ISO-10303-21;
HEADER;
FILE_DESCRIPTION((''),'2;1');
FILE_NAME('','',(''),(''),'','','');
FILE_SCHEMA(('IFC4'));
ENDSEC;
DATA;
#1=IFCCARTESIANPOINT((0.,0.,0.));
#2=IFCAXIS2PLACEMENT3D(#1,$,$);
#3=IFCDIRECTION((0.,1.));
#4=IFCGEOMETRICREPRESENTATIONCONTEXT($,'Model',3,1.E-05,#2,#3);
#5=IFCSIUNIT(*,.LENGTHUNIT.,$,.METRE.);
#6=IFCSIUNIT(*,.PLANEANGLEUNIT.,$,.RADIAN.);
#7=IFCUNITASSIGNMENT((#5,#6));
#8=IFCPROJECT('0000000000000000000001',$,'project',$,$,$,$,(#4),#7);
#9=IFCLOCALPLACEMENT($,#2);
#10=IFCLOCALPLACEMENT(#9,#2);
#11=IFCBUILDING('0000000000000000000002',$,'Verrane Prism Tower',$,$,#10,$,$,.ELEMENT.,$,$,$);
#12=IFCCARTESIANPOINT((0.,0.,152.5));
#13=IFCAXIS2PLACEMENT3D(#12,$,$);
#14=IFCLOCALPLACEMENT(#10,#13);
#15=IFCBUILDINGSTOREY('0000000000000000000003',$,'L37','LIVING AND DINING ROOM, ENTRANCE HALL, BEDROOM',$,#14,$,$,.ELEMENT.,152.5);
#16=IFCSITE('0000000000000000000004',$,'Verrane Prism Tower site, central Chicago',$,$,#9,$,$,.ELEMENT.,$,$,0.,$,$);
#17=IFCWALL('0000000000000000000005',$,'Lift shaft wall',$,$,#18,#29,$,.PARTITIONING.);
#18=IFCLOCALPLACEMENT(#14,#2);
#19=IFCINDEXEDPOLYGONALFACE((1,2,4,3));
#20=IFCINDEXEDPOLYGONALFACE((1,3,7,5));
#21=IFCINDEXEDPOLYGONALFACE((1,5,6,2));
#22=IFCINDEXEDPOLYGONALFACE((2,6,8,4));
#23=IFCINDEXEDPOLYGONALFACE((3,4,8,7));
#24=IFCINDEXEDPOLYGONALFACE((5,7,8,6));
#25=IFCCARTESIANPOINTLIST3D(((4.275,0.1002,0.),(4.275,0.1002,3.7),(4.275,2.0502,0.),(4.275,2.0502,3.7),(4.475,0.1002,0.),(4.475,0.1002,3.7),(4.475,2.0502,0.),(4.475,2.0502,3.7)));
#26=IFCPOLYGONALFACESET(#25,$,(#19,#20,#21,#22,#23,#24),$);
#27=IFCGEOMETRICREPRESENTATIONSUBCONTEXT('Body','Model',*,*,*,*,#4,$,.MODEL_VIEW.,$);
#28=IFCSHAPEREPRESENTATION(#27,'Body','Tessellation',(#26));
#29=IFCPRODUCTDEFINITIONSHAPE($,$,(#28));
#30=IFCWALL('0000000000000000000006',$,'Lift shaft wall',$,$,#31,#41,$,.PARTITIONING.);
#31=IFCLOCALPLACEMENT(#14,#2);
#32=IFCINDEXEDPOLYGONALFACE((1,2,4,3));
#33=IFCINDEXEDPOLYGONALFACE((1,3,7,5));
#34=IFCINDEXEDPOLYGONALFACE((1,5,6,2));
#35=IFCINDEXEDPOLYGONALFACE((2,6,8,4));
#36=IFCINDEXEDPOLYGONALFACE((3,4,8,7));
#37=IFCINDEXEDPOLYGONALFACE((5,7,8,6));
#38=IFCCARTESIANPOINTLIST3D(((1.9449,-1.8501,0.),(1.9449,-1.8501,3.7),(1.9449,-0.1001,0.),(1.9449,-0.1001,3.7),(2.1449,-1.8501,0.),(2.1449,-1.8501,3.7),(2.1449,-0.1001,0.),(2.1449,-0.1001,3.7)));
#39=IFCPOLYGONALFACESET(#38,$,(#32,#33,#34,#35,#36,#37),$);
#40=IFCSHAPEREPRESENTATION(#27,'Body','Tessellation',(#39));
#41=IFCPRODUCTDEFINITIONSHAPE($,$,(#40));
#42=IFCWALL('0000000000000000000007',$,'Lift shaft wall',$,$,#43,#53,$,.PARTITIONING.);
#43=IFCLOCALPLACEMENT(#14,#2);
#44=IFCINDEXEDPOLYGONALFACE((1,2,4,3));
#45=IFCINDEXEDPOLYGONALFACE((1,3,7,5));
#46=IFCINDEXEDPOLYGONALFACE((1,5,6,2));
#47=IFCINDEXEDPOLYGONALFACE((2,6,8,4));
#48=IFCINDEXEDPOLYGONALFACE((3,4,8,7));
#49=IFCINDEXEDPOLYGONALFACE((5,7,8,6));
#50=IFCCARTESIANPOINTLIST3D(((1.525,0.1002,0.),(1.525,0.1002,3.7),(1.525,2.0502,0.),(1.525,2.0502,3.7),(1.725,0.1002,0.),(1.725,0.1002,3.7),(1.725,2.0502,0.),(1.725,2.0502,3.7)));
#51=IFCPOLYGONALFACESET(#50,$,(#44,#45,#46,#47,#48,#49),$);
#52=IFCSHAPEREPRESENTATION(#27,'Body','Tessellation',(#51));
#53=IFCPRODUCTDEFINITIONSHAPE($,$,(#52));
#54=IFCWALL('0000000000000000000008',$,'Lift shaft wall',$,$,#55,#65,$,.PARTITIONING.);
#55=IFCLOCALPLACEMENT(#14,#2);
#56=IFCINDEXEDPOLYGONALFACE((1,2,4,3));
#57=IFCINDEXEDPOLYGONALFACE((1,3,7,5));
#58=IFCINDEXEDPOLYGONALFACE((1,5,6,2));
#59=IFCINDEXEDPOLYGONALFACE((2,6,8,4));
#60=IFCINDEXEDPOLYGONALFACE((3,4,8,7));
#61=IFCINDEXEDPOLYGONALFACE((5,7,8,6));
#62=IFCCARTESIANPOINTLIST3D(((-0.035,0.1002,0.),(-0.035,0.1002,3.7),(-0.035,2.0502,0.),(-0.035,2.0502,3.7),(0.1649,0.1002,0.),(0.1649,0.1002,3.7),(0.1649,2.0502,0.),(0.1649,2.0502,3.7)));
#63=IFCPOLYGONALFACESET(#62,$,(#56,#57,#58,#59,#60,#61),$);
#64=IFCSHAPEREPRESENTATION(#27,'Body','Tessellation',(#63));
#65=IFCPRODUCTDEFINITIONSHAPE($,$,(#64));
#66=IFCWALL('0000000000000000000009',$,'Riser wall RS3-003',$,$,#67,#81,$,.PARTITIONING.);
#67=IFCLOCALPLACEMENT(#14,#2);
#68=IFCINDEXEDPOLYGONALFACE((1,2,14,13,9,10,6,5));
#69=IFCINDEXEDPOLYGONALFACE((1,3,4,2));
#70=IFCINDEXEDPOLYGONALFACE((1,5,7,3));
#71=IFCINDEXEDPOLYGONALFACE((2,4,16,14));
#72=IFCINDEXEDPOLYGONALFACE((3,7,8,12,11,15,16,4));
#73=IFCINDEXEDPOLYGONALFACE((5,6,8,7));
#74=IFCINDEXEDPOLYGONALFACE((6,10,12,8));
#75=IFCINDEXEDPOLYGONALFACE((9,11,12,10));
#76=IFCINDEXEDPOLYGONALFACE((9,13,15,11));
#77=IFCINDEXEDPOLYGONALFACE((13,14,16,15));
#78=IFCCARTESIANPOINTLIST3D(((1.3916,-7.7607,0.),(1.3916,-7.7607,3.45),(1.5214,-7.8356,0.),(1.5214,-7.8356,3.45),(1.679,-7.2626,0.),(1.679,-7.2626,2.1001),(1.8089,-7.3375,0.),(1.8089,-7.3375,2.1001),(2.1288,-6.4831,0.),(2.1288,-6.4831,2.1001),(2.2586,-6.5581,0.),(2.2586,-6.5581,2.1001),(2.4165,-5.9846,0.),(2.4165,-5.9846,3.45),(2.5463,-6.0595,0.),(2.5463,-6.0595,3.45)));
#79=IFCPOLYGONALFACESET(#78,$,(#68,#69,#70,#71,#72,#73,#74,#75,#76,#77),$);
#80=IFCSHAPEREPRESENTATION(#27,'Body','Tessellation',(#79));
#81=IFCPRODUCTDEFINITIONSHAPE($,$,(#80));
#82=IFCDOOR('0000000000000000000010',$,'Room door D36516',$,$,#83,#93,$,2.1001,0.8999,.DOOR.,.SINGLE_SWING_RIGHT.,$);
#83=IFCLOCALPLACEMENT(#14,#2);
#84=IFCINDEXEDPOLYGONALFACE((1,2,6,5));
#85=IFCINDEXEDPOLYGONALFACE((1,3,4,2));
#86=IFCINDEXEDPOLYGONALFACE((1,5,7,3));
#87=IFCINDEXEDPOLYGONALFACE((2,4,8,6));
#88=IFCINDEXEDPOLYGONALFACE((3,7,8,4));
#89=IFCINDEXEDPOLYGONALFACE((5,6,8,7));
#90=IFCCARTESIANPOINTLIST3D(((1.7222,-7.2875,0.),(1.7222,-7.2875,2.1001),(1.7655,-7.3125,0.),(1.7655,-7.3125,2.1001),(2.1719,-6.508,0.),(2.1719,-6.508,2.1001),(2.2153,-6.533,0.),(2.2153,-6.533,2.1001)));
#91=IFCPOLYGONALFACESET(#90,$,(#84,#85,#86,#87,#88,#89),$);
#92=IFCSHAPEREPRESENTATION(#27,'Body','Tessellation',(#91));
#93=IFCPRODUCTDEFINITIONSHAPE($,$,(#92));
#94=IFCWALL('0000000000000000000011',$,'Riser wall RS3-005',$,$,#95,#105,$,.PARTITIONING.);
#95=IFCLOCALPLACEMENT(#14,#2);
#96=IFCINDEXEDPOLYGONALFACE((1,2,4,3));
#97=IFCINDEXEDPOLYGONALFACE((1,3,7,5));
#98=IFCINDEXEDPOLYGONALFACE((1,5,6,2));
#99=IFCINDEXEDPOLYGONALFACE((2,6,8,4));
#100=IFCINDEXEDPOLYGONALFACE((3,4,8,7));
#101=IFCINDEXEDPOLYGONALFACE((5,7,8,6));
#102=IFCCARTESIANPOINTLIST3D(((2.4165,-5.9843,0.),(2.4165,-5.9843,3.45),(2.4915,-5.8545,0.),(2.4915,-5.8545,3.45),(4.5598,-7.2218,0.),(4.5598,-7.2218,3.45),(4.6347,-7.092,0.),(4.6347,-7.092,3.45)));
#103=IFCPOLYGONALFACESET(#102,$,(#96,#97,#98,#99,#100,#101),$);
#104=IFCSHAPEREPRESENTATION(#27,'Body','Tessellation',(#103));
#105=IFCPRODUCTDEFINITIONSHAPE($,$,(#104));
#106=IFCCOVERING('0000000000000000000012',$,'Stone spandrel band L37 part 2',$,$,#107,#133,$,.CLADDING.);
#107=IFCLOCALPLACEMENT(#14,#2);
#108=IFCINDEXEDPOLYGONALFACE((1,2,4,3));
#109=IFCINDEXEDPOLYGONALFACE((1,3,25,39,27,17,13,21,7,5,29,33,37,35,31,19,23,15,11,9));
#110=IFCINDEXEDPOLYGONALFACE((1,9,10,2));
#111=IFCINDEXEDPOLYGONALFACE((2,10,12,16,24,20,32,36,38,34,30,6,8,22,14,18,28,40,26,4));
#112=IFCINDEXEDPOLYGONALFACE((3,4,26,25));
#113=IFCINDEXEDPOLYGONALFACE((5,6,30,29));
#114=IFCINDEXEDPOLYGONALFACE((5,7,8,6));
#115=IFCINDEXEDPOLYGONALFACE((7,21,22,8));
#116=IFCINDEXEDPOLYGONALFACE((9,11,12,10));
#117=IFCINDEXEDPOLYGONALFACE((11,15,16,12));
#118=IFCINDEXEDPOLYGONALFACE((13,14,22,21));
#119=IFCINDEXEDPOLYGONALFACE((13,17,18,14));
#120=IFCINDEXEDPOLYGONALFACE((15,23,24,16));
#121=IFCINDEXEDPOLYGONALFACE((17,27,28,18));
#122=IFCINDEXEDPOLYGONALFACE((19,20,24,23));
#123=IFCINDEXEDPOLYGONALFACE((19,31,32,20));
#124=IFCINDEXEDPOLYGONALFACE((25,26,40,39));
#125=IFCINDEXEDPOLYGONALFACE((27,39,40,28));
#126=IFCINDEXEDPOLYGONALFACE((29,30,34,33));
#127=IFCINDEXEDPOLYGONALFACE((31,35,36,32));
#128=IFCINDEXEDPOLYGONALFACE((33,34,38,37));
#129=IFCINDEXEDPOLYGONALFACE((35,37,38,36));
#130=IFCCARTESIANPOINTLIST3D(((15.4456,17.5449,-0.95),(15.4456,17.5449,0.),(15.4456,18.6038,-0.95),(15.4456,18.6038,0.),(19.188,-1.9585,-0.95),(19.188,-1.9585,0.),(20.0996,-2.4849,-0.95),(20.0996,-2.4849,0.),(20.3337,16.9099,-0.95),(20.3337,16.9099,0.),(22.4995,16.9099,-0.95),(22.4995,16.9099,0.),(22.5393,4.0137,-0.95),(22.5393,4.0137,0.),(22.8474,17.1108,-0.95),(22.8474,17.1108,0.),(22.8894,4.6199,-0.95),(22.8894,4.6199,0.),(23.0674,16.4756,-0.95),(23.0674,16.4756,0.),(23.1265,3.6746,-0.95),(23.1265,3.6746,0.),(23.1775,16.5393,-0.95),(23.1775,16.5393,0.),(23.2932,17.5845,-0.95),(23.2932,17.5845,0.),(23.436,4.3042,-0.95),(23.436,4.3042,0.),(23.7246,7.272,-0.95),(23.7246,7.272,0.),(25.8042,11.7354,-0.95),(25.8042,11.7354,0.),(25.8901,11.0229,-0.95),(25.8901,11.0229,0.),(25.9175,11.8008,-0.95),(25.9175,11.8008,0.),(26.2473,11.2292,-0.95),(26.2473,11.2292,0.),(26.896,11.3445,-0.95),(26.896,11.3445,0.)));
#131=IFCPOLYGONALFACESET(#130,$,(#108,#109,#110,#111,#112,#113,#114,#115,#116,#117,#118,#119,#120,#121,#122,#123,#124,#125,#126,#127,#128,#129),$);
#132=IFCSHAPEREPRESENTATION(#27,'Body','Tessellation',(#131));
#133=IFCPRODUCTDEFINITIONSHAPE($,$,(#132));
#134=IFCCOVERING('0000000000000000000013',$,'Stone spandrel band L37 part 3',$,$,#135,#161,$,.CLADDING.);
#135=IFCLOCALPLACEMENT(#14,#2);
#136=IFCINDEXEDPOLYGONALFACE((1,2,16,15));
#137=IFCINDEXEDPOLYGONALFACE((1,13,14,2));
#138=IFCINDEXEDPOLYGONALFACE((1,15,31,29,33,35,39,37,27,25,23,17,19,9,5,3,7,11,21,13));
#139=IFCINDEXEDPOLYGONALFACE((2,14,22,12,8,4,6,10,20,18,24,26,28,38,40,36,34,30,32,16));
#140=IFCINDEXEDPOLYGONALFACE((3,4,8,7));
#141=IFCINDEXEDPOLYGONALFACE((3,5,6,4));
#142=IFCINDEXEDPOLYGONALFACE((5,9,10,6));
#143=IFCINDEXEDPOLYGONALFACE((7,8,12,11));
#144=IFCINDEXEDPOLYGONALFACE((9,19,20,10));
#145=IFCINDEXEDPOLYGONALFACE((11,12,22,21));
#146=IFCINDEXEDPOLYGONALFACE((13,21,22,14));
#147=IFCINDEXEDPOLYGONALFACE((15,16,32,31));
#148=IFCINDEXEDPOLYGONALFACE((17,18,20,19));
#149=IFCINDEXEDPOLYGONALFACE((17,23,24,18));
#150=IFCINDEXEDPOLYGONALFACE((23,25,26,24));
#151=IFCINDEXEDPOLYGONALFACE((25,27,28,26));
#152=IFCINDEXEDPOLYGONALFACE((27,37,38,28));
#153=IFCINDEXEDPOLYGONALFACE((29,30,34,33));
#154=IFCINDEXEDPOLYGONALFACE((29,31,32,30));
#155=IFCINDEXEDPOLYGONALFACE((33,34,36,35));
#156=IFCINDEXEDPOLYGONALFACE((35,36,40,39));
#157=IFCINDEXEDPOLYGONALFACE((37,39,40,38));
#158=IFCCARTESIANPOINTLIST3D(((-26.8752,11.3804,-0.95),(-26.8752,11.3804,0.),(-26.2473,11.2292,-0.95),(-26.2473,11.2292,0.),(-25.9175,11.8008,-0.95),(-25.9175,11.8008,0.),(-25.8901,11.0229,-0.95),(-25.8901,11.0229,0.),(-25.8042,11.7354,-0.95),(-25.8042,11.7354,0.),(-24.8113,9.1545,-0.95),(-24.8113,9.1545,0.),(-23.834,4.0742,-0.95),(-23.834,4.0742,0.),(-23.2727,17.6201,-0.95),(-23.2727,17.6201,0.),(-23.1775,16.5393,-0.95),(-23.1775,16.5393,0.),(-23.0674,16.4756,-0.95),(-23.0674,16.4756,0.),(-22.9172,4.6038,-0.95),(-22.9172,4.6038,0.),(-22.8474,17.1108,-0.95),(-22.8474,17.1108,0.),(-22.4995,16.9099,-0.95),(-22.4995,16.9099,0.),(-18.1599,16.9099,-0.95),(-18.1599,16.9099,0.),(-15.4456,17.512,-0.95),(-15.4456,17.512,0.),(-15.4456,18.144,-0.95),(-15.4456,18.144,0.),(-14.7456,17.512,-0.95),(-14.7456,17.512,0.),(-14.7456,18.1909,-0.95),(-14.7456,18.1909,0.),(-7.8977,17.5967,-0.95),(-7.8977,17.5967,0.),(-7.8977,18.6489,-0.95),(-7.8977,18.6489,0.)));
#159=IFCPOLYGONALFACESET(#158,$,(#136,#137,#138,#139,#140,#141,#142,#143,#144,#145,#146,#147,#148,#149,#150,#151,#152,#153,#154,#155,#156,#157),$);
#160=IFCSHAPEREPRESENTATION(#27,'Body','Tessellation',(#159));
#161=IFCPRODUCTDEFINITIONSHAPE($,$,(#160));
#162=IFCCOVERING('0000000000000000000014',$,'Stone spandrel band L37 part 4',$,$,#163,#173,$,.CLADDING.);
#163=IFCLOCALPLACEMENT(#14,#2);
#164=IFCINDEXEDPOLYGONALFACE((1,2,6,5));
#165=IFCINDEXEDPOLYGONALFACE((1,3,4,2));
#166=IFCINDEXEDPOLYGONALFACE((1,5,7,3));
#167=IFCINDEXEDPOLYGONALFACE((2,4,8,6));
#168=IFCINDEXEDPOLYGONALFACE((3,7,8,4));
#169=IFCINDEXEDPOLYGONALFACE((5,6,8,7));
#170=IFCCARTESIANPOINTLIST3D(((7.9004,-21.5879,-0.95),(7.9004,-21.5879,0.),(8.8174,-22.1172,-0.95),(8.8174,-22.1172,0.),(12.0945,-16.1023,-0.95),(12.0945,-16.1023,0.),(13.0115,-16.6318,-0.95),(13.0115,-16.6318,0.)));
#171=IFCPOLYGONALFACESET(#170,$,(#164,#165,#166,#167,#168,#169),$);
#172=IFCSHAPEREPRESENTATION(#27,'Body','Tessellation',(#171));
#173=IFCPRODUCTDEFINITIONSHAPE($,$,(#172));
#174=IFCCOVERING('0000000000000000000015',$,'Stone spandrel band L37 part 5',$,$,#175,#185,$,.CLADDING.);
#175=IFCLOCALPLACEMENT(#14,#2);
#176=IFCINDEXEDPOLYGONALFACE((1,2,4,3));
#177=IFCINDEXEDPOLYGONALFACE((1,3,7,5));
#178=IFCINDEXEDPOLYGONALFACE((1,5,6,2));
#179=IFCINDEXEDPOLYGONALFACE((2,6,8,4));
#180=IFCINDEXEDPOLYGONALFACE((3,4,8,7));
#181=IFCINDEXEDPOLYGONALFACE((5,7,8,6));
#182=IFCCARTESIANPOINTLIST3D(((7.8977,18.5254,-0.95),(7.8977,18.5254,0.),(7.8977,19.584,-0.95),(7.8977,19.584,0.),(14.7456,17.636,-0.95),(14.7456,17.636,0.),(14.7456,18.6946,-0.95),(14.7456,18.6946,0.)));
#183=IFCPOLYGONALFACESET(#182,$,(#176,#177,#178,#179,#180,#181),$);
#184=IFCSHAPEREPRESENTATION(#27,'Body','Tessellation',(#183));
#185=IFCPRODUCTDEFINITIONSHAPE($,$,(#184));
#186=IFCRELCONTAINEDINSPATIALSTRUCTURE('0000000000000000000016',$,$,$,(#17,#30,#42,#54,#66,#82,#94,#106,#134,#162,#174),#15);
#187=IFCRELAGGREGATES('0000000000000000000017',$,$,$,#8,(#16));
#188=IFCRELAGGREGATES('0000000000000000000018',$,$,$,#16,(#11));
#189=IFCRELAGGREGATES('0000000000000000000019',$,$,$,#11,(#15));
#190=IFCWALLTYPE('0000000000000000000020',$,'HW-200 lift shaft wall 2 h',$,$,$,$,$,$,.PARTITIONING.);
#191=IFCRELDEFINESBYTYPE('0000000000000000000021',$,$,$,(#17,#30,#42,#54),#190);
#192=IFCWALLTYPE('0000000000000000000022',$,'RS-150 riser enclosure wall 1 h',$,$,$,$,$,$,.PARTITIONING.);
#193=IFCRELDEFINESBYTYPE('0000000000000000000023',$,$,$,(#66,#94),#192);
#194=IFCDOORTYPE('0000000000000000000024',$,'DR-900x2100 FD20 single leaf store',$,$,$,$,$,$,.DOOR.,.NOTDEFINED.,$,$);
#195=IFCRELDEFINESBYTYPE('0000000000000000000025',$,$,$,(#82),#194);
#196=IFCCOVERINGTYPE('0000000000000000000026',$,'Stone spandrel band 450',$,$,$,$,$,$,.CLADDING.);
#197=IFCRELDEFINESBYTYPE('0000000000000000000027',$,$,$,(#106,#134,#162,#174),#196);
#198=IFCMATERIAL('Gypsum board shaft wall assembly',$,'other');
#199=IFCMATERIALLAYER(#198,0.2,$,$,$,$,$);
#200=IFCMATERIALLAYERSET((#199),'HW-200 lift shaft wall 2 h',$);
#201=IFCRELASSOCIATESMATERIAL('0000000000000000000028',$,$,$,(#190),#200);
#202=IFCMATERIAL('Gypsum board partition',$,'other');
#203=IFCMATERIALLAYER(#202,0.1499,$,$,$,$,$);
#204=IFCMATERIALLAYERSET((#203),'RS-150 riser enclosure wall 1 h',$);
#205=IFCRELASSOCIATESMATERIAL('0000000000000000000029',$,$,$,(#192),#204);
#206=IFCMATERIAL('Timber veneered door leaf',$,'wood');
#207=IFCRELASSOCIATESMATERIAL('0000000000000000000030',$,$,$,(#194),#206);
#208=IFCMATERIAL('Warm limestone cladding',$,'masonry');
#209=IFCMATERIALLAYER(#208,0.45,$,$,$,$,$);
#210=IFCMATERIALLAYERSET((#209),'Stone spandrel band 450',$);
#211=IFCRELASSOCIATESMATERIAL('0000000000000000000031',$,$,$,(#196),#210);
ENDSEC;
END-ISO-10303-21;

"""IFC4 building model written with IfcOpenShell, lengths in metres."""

from ifc_helpers import new_model, si_unit, direction, frame, frame_2d, origin, place, context, subcontext, project, spatial, polyline, rectangle, outline, extrude, material, layer, layer_set, type_object, element, fill, save


model = new_model("IFC4")

# Units and contexts
model_context = context("Model", 3, precision=1e-05, world=origin(), true_north=direction((0.0, 1.0)))
body_context = subcontext(model_context, "Body", "Model", "MODEL_VIEW")
ifc_project = project(units=[si_unit("LENGTHUNIT", "METRE"), si_unit("PLANEANGLEUNIT", "RADIAN")], contexts=[model_context])

# Site, building, storey
site_placement = place(None, origin())
site = spatial("IfcSite", under=ifc_project, at=site_placement, Name="Verrane Prism Tower site, central Chicago", CompositionType="ELEMENT", RefElevation=0.0)
building_placement = place(site_placement, origin())
building = spatial("IfcBuilding", under=site, at=building_placement, Name="Verrane Prism Tower", CompositionType="ELEMENT")
storey_placement = place(building_placement, frame((0.0, 0.0, 152.5)))
storey = spatial("IfcBuildingStorey", under=building, at=storey_placement, Name="L37", Description="LIVING AND DINING ROOM, ENTRANCE HALL, BEDROOM", CompositionType="ELEMENT", Elevation=152.5)

# Shared definitions
ifc_material_1 = material(Name="Gypsum board shaft wall assembly", Category="other")
ifc_layer_1 = layer(ifc_material_1, 0.2)
ifc_layer_set_1 = layer_set([ifc_layer_1], Name="HW-200 lift shaft wall 2 h")
wall_type_1 = type_object("IfcWallType", Name="HW-200 lift shaft wall 2 h", PredefinedType="PARTITIONING", material=ifc_layer_set_1)

# Walls
wall_1_placement = place(storey_placement, frame((4.375, 0.1001, 0.0), z_axis=(0.0, 0.0, 1.0), x_axis=(0.0, 1.0, 0.0)))
element("IfcWall", 1, at=wall_1_placement, inside=storey, type_object=wall_type_1, Name="Lift shaft wall", PredefinedType="PARTITIONING", context=body_context, shape_type="SweptSolid", body=[
    extrude(rectangle(XDim=1.95, YDim=0.2, at=frame_2d((0.9751, 0.0))), origin(), (0.0, 0.0, 1.0), 3.7),
])
wall_2_placement = place(storey_placement, frame((2.0449, -1.8501, 0.0), z_axis=(0.0, 0.0, 1.0), x_axis=(0.0, 1.0, 0.0)))
element("IfcWall", 2, at=wall_2_placement, inside=storey, type_object=wall_type_1, Name="Lift shaft wall", PredefinedType="PARTITIONING", context=body_context, shape_type="SweptSolid", body=[
    extrude(rectangle(XDim=1.75, YDim=0.2, at=frame_2d((0.875, 0.0))), origin(), (0.0, 0.0, 1.0), 3.7),
])
for number, where, z_axis, x_axis, name in (
    (3, (1.625, 0.1001, 0.0), (0.0, 0.0, 1.0), (0.0, 1.0, 0.0), "Lift shaft wall"),
    (4, (0.0649, 0.1001, 0.0), (0.0, 0.0, 1.0), (0.0, 1.0, 0.0), "Lift shaft wall"),
):
    element("IfcWall", number, at=place(storey_placement, frame(where, z_axis=z_axis, x_axis=x_axis)), inside=storey, type_object=wall_type_1, Name=name, PredefinedType="PARTITIONING", context=body_context, shape_type="SweptSolid", body=[
        extrude(rectangle(XDim=1.95, YDim=0.2, at=frame_2d((0.9751, 0.0))), origin(), (0.0, 0.0, 1.0), 3.7),
    ])

# Wall, opening, door
ifc_material_2 = material(Name="Gypsum board partition", Category="other")
ifc_layer_2 = layer(ifc_material_2, 0.1499)
ifc_layer_set_2 = layer_set([ifc_layer_2], Name="RS-150 riser enclosure wall 1 h")
wall_type_2 = type_object("IfcWallType", Name="RS-150 riser enclosure wall 1 h", PredefinedType="PARTITIONING", material=ifc_layer_set_2)
wall_3_placement = place(storey_placement, frame((2.4814, -6.022, 0.0), z_axis=(0.0, 0.0, 1.0), x_axis=(-0.499801, -0.86614, 0.0)))
wall_3 = element("IfcWall", 5, at=wall_3_placement, inside=storey, type_object=wall_type_2, Name="Riser wall RS3-003", PredefinedType="PARTITIONING", context=body_context, shape_type="SweptSolid", body=[
    extrude(rectangle(XDim=2.0505, YDim=0.1499, at=frame_2d((1.0254, 0.0))), origin(), (0.0, 0.0, 1.0), 3.45),
])
opening_1_placement = place(wall_3_placement, frame((0.5757, 0.0, 0.0)))
opening_1 = element("IfcOpeningElement", 6, at=opening_1_placement, cuts=wall_3, PredefinedType="OPENING", context=body_context, shape_type="SweptSolid", body=[
    extrude(rectangle(XDim=0.8999, YDim=2.1001, at=frame_2d((0.45, 1.05))), frame((0.0, 0.085, 0.0), z_axis=(0.0, -1.0, 0.0), x_axis=(1.0, 0.0, 0.0)), (0.0, 0.0, 1.0), 0.1699),
])
ifc_material_3 = material(Name="Timber veneered door leaf", Category="wood")
door_type_1 = type_object("IfcDoorType", Name="DR-900x2100 FD20 single leaf store", OperationType="NOTDEFINED", PredefinedType="DOOR", material=ifc_material_3)
door_1_placement = place(opening_1_placement, origin())
door_1 = element("IfcDoor", 7, at=door_1_placement, inside=storey, type_object=door_type_1, Name="Room door D36516", OperationType="SINGLE_SWING_RIGHT", OverallHeight=2.1001, OverallWidth=0.8999, PredefinedType="DOOR", context=body_context, shape_type="SweptSolid", body=[
    extrude(rectangle(XDim=0.8999, YDim=2.1001, at=frame_2d((0.45, 1.05))), frame((0.0, 0.0249, 0.0), z_axis=(0.0, -1.0, 0.0), x_axis=(1.0, 0.0, 0.0)), (0.0, 0.0, 1.0), 0.05),
])
fill(opening_1, door_1)

# Wall
wall_4_placement = place(storey_placement, frame((2.4541, -5.9194, 0.0), z_axis=(0.0, 0.0, 1.0), x_axis=(0.866007, -0.500033, 0.0)))
element("IfcWall", 8, at=wall_4_placement, inside=storey, type_object=wall_type_2, Name="Riser wall RS3-005", PredefinedType="PARTITIONING", context=body_context, shape_type="SweptSolid", body=[
    extrude(rectangle(XDim=2.4749, YDim=0.1499, at=frame_2d((1.2373, 0.0))), origin(), (0.0, 0.0, 1.0), 3.45),
])

# Coverings
ifc_material_4 = material(Name="Warm limestone cladding", Category="masonry")
ifc_layer_3 = layer(ifc_material_4, 0.45)
ifc_layer_set_3 = layer_set([ifc_layer_3], Name="Stone spandrel band 450")
covering_type = type_object("IfcCoveringType", Name="Stone spandrel band 450", PredefinedType="CLADDING", material=ifc_layer_set_3)
covering_1_placement = place(storey_placement, frame((0.0, 0.0, -0.95)))
element("IfcCovering", 9, at=covering_1_placement, inside=storey, type_object=covering_type, Name="Stone spandrel band L37 part 2", PredefinedType="CLADDING", context=body_context, shape_type="SweptSolid", body=[
    extrude(outline(polyline([(15.4456, 17.5449), (20.3337, 16.9099), (22.4995, 16.9099), (22.8474, 17.1108), (23.1775, 16.5393), (23.0674, 16.4756), (25.8042, 11.7354), (25.9175, 11.8008), (26.2473, 11.2292), (25.8901, 11.0229), (23.7246, 7.272), (19.188, -1.9585), (20.0996, -2.4849), (23.1265, 3.6746), (22.5393, 4.0137), (22.8894, 4.6199), (23.436, 4.3042), (26.896, 11.3445), (23.2932, 17.5845), (15.4456, 18.6038), (15.4456, 17.5449)])), origin(), (0.0, 0.0, 1.0), 0.95),
])
covering_2_placement = place(storey_placement, frame((0.0, 0.0, -0.95)))
element("IfcCovering", 10, at=covering_2_placement, inside=storey, type_object=covering_type, Name="Stone spandrel band L37 part 3", PredefinedType="CLADDING", context=body_context, shape_type="SweptSolid", body=[
    extrude(outline(polyline([(-22.9172, 4.6038), (-24.8113, 9.1545), (-25.8901, 11.0229), (-26.2473, 11.2292), (-25.9175, 11.8008), (-25.8042, 11.7354), (-23.0674, 16.4756), (-23.1775, 16.5393), (-22.8474, 17.1108), (-22.4995, 16.9099), (-18.1599, 16.9099), (-7.8977, 17.5967), (-7.8977, 18.6489), (-14.7456, 18.1909), (-14.7456, 17.512), (-15.4456, 17.512), (-15.4456, 18.144), (-23.2727, 17.6201), (-26.8752, 11.3804), (-23.834, 4.0742), (-22.9172, 4.6038)])), origin(), (0.0, 0.0, 1.0), 0.95),
])
covering_3_placement = place(storey_placement, frame((0.0, 0.0, -0.95)))
element("IfcCovering", 11, at=covering_3_placement, inside=storey, type_object=covering_type, Name="Stone spandrel band L37 part 4", PredefinedType="CLADDING", context=body_context, shape_type="SweptSolid", body=[
    extrude(outline(polyline([(12.0945, -16.1023), (7.9004, -21.5879), (8.8174, -22.1172), (13.0115, -16.6318), (12.0945, -16.1023)])), origin(), (0.0, 0.0, 1.0), 0.95),
])
covering_4_placement = place(storey_placement, frame((0.0, 0.0, -0.95)))
element("IfcCovering", 12, at=covering_4_placement, inside=storey, type_object=covering_type, Name="Stone spandrel band L37 part 5", PredefinedType="CLADDING", context=body_context, shape_type="SweptSolid", body=[
    extrude(outline(polyline([(7.8977, 18.5254), (14.7456, 17.636), (14.7456, 18.6946), (7.8977, 19.584), (7.8977, 18.5254)])), origin(), (0.0, 0.0, 1.0), 0.95),
])

save(model, "model.ifc")
